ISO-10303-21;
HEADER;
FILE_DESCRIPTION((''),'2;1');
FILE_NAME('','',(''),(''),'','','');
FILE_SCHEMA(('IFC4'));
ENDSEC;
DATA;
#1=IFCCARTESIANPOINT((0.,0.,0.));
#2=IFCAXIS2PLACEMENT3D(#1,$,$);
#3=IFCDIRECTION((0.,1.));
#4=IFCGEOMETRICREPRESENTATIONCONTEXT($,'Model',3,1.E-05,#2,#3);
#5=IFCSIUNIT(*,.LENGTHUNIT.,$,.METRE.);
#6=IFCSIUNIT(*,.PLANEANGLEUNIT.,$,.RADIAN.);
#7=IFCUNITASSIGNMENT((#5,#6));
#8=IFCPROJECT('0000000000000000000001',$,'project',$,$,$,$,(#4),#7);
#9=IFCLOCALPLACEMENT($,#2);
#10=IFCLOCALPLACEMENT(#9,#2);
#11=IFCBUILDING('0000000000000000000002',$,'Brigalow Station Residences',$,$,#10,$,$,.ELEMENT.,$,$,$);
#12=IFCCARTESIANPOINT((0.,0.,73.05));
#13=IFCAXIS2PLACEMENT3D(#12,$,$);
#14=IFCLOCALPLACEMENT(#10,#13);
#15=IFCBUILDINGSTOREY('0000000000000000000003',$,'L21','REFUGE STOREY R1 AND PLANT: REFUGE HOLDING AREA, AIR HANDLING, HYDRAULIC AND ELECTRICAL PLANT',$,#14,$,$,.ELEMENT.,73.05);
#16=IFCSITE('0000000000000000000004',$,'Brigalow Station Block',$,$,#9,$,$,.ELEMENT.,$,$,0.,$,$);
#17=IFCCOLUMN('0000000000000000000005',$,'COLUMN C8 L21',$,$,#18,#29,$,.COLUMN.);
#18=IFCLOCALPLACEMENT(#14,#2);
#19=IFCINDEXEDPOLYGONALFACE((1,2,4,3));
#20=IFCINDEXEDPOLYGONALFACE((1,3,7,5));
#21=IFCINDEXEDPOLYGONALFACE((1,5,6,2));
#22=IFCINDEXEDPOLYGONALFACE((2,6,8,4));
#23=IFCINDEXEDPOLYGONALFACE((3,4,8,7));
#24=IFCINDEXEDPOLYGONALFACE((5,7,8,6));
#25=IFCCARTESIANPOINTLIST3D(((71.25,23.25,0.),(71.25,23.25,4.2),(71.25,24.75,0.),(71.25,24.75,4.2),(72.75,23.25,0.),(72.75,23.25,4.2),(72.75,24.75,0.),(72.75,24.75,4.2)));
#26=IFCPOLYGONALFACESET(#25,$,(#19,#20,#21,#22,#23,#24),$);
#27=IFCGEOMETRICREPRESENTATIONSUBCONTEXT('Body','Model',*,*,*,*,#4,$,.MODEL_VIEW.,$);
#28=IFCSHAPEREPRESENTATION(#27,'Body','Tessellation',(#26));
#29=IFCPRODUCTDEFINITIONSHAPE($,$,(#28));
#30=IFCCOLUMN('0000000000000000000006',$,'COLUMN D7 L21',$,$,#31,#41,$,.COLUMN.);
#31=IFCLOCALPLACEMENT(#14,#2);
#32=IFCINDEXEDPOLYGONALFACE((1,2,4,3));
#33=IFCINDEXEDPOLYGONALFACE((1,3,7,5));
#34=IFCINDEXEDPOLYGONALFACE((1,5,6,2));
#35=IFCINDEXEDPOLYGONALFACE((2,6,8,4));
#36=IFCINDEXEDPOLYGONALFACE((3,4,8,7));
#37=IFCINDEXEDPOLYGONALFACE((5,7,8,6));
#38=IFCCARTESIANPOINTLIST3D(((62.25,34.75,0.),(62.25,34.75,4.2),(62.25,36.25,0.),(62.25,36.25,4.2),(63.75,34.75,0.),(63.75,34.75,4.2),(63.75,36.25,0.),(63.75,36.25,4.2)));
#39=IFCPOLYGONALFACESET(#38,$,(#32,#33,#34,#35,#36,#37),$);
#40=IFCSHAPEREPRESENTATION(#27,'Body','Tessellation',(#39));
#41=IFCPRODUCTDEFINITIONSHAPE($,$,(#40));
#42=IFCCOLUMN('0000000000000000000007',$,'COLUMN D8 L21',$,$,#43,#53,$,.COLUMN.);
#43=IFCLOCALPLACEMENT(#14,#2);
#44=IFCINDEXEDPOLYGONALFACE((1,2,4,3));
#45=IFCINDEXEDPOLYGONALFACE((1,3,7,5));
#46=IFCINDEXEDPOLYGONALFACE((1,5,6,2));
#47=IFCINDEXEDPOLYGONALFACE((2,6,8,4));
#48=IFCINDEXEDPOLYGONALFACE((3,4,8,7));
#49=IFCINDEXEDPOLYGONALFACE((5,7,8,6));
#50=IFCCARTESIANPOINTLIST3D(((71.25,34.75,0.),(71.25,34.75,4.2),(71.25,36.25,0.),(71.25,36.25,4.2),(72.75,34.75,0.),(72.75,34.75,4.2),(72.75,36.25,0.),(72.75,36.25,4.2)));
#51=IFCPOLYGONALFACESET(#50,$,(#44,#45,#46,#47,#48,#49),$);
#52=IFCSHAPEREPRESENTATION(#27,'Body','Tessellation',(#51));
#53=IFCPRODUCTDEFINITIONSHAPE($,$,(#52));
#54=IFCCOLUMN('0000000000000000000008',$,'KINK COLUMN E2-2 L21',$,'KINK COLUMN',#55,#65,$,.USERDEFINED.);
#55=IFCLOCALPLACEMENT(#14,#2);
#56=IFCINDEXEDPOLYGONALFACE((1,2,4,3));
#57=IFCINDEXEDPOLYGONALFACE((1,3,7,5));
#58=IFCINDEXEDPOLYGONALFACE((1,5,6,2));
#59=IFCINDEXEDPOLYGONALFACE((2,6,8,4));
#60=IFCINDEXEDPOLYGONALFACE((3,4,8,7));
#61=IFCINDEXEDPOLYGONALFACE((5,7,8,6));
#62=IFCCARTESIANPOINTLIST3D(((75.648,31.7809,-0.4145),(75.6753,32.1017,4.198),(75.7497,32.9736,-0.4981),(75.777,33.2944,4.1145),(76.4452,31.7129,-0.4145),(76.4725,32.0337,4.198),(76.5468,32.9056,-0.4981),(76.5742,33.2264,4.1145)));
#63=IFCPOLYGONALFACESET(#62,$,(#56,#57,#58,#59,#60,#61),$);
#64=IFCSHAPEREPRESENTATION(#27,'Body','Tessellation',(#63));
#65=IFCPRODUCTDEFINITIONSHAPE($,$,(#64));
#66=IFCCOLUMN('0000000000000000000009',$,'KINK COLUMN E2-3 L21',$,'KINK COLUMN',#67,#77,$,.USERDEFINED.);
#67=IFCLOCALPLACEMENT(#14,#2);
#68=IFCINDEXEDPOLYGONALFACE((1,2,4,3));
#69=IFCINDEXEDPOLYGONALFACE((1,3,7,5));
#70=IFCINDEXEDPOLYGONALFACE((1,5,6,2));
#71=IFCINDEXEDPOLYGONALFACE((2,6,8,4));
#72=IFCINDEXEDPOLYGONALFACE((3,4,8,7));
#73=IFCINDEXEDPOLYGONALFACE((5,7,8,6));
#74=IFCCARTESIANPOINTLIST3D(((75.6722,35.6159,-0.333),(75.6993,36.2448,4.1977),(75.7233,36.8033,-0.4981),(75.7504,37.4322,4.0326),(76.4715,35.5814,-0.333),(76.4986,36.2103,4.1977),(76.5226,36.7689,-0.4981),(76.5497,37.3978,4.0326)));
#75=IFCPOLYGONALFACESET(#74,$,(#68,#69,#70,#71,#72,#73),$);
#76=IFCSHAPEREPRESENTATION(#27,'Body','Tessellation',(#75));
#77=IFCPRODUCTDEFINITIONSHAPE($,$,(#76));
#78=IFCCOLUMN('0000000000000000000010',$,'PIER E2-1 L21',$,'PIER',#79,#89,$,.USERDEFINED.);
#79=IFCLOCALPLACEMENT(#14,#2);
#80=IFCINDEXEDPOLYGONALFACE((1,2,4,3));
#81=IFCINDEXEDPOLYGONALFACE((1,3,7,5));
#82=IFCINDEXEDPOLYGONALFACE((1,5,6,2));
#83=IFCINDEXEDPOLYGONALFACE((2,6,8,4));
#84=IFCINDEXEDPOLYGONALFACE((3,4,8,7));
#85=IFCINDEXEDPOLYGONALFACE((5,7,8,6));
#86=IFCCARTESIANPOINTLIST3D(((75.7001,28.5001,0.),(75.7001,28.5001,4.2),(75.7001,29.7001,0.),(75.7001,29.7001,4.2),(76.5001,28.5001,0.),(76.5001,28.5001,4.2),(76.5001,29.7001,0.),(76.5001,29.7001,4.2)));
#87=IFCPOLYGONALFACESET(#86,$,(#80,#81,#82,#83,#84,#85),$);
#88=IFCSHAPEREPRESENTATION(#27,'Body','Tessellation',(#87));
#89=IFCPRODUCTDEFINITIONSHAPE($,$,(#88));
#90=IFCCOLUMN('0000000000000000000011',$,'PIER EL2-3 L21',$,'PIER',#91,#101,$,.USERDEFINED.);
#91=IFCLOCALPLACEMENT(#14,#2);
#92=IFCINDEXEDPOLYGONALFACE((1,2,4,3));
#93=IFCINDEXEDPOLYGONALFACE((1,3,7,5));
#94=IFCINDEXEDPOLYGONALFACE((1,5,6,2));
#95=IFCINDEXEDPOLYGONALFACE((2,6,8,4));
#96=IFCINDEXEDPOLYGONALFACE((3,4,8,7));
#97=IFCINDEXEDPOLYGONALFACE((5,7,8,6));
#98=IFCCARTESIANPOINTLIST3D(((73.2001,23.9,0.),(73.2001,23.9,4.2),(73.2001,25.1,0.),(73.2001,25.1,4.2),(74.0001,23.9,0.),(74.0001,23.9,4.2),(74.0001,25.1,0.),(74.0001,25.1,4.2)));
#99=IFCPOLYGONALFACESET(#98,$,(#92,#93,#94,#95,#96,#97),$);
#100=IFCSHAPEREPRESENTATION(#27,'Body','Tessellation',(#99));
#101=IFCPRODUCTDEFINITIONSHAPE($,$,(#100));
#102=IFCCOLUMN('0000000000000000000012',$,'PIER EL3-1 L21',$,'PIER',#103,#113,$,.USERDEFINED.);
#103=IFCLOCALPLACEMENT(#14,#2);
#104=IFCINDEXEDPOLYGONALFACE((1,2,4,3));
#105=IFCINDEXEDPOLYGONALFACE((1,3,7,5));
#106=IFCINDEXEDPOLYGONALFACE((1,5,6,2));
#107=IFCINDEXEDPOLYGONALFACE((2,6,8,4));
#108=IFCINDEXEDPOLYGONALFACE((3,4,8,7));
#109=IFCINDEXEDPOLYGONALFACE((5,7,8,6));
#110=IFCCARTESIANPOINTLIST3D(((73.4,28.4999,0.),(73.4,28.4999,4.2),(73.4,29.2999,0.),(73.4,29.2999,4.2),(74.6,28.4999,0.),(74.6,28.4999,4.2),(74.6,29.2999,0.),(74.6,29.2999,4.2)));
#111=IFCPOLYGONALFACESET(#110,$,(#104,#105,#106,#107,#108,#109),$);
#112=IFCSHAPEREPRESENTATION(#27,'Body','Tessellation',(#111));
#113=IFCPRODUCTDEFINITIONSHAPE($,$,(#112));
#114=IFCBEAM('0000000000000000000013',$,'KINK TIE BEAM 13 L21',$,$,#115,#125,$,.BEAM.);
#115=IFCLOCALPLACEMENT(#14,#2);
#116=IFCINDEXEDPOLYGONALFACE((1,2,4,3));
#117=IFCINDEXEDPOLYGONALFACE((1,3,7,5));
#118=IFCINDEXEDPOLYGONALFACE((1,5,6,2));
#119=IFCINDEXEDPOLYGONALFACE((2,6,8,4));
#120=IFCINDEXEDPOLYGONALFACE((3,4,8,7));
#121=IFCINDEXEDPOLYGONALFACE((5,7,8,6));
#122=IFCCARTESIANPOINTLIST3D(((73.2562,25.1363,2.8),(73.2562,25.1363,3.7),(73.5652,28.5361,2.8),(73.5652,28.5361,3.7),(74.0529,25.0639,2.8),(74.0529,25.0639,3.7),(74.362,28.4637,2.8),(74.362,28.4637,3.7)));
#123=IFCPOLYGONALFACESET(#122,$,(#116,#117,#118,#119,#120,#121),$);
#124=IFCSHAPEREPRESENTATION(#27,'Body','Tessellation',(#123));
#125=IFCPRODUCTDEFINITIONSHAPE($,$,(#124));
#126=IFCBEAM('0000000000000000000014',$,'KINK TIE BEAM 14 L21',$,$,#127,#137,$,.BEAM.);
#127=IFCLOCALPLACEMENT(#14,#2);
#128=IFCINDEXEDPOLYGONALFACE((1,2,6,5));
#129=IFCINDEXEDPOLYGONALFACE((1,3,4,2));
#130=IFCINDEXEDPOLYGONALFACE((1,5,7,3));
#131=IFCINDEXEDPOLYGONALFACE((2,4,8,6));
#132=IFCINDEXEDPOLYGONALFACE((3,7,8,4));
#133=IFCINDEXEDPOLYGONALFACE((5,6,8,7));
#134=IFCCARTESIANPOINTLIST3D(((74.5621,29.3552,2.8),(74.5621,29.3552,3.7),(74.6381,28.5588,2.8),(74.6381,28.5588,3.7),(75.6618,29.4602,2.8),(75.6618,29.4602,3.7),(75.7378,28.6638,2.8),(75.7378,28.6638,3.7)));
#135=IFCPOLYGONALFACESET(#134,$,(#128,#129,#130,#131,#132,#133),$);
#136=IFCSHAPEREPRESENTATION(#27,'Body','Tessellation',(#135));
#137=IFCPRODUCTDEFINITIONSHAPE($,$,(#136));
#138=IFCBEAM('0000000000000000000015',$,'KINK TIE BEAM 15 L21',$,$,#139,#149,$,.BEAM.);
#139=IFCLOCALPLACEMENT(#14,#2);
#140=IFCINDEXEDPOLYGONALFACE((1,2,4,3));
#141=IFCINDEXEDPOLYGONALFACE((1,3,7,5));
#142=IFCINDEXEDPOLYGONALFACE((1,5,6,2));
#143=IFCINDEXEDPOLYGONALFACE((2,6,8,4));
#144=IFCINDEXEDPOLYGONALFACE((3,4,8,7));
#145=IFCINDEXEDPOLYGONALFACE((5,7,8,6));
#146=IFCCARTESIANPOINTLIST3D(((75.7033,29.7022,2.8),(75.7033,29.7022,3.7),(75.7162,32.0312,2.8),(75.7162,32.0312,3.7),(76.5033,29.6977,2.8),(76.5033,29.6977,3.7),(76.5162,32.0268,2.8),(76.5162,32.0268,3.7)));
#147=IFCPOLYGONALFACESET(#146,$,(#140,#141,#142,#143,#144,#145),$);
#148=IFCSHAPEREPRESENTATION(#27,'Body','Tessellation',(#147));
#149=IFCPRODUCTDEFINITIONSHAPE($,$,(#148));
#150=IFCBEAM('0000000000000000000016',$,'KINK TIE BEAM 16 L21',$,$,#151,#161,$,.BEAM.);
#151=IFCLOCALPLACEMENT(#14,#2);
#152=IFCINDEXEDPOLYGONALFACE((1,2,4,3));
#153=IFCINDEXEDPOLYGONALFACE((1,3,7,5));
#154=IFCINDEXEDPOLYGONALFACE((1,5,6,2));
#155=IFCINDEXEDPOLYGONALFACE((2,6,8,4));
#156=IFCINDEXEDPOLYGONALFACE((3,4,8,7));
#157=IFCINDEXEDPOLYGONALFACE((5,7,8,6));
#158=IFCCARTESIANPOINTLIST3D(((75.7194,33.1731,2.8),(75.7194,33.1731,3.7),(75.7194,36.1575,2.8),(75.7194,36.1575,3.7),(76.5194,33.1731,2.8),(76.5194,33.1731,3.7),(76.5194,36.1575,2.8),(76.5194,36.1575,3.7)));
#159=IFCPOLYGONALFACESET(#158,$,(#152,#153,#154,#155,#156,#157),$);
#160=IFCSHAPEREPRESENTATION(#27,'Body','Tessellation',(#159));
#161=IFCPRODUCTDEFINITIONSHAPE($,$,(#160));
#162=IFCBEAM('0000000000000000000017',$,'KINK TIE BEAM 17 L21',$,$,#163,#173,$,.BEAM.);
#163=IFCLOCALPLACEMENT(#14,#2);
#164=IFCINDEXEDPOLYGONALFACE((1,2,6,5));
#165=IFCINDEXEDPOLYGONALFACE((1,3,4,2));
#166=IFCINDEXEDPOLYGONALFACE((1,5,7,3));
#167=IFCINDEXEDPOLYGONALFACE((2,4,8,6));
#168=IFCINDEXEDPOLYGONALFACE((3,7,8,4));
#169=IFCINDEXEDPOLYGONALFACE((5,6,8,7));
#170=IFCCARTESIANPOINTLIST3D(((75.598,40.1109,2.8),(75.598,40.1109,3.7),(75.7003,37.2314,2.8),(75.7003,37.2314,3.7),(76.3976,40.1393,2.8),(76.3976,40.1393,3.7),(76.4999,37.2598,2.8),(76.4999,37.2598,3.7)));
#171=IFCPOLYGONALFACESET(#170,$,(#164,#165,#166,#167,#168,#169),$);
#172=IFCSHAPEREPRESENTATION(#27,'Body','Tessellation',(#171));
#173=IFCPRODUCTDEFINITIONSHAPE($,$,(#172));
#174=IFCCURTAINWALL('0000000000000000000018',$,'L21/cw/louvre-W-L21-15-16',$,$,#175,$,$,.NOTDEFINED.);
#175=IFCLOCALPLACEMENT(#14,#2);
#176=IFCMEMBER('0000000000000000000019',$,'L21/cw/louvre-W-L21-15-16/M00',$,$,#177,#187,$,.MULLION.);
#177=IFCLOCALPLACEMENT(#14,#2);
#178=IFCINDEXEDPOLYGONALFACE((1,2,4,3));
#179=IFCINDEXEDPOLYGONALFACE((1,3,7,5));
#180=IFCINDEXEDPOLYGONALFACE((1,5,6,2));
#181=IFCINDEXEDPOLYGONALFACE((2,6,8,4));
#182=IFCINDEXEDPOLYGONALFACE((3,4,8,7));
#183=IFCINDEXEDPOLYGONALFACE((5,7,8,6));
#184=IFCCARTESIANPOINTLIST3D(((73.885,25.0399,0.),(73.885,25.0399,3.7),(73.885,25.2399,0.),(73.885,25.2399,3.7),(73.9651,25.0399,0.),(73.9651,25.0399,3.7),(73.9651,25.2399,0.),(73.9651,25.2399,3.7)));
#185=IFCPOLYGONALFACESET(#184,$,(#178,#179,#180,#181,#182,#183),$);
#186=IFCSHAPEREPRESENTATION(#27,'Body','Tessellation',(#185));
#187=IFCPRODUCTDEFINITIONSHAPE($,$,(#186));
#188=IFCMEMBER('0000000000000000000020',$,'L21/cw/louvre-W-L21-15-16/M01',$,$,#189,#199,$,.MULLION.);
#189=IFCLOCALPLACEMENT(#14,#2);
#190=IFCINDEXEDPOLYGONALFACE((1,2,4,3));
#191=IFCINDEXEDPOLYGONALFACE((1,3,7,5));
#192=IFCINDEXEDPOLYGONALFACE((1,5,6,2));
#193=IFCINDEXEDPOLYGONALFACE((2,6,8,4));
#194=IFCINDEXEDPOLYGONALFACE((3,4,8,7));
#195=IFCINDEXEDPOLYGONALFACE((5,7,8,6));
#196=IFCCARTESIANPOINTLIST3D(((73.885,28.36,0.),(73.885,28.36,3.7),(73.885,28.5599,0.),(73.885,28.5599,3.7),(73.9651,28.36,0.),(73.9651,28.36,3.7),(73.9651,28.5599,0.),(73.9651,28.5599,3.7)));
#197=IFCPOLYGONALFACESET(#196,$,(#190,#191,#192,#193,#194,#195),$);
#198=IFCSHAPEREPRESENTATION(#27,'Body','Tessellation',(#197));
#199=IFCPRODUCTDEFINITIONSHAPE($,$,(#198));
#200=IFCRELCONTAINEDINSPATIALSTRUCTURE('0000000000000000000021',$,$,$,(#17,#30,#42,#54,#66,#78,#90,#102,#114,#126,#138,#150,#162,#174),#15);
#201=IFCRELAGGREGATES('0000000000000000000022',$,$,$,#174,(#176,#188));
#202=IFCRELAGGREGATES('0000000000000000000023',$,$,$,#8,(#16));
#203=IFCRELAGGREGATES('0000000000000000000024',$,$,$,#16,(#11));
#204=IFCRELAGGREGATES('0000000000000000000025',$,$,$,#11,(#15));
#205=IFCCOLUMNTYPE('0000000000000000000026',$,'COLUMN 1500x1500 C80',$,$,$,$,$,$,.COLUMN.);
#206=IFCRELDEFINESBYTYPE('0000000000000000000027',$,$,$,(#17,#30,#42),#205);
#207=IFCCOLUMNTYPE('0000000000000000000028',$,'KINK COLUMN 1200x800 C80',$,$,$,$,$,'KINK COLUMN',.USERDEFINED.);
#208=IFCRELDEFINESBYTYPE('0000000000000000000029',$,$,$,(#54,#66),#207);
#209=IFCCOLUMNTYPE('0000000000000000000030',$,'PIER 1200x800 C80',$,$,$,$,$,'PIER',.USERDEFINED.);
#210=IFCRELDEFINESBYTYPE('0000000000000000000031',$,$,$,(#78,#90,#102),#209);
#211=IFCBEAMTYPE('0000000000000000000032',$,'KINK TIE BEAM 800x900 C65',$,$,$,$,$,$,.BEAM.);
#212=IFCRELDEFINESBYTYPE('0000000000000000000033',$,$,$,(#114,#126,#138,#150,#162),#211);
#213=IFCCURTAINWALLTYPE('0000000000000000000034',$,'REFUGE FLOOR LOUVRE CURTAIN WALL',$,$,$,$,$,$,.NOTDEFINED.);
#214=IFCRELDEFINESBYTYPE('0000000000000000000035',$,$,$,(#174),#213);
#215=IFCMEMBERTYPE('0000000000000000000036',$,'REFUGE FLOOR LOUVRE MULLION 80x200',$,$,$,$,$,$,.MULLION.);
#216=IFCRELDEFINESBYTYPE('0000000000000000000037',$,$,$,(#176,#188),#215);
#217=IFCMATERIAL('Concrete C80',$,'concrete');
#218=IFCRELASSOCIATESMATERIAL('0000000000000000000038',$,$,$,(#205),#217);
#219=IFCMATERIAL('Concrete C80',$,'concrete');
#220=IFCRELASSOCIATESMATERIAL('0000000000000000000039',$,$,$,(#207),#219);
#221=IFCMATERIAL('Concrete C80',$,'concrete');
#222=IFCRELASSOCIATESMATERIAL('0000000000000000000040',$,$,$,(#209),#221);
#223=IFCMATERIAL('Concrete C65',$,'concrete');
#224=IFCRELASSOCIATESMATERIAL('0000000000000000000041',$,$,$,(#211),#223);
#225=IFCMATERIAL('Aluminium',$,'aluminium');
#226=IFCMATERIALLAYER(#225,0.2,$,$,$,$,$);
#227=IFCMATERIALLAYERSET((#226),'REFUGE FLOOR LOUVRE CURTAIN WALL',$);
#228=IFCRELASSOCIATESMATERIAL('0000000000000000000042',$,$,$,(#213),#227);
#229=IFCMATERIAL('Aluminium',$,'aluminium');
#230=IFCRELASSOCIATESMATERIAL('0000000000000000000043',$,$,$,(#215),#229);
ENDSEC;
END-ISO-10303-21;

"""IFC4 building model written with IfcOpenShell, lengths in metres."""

from ifc_helpers import new_model, si_unit, direction, frame, origin, origin_2d, place, context, subcontext, project, spatial, rectangle, extrude, material, layer, layer_set, material_profile, profile_set, type_object, element, aggregate, save


model = new_model("IFC4")

# Units and contexts
model_context = context("Model", 3, precision=1e-05, world=origin(), true_north=direction((0.0, 1.0)))
body_context = subcontext(model_context, "Body", "Model", "MODEL_VIEW")
ifc_project = project(units=[si_unit("LENGTHUNIT", "METRE"), si_unit("PLANEANGLEUNIT", "RADIAN")], contexts=[model_context])

# Site, building, storey
site_placement = place(None, origin())
site = spatial("IfcSite", under=ifc_project, at=site_placement, Name="Brigalow Station Block", CompositionType="ELEMENT", RefElevation=0.0)
building_placement = place(site_placement, origin())
building = spatial("IfcBuilding", under=site, at=building_placement, Name="Brigalow Station Residences", CompositionType="ELEMENT")
storey_placement = place(building_placement, frame((0.0, 0.0, 73.05)))
storey = spatial("IfcBuildingStorey", under=building, at=storey_placement, Name="L21", Description="REFUGE STOREY R1 AND PLANT: REFUGE HOLDING AREA, AIR HANDLING, HYDRAULIC AND ELECTRICAL PLANT", CompositionType="ELEMENT", Elevation=73.05)

# Columns
ifc_material_1 = material(Name="Concrete C80", Category="concrete")
ifc_material_profile_1 = material_profile(ifc_material_1, rectangle(XDim=1.5, YDim=1.5, at=origin_2d()), Name="RC1500x1500")
ifc_profile_set_1 = profile_set([ifc_material_profile_1], Name="Concrete C80")
column_type_1 = type_object("IfcColumnType", Name="COLUMN 1500x1500 C80", PredefinedType="COLUMN", material=ifc_profile_set_1)
for number, where, z_axis, x_axis, name in (
    (1, (72.0, 24.0, 0.0), (0.0, 0.0, 1.0), (1.0, 0.0, 0.0), "COLUMN C8 L21"),
    (2, (63.0, 35.5, 0.0), (0.0, 0.0, 1.0), (1.0, 0.0, 0.0), "COLUMN D7 L21"),
    (3, (72.0, 35.5, 0.0), (0.0, 0.0, 1.0), (1.0, 0.0, 0.0), "COLUMN D8 L21"),
):
    element("IfcColumn", number, at=place(storey_placement, frame(where, z_axis=z_axis, x_axis=x_axis)), inside=storey, type_object=column_type_1, Name=name, PredefinedType="COLUMN", context=body_context, shape_type="SweptSolid", body=[
        extrude(rectangle(XDim=1.5, YDim=1.5, at=origin_2d()), origin(), (0.0, 0.0, 1.0), 4.2),
    ])
ifc_material_2 = material(Name="Concrete C80", Category="concrete")
ifc_material_profile_2 = material_profile(ifc_material_2, rectangle(XDim=1.2, YDim=0.8, at=origin_2d()), Name="RC1200x800")
ifc_profile_set_2 = profile_set([ifc_material_profile_2], Name="Concrete C80")
column_type_2 = type_object("IfcColumnType", Name="KINK COLUMN 1200x800 C80", ElementType="KINK COLUMN", PredefinedType="USERDEFINED", material=ifc_profile_set_2)
column_1_placement = place(storey_placement, frame((76.0974, 32.3433, -0.4563), z_axis=(0.005914, 0.069381, 0.997573), x_axis=(-0.084722, -0.993969, 0.069632)))
element("IfcColumn", 4, at=column_1_placement, inside=storey, type_object=column_type_2, Name="KINK COLUMN E2-2 L21", ObjectType="KINK COLUMN", PredefinedType="USERDEFINED", context=body_context, shape_type="SweptSolid", body=[
    extrude(rectangle(XDim=1.2, YDim=0.8, at=origin_2d()), origin(), (0.0, 0.0, 1.0), 4.6238),
])
column_2_placement = place(storey_placement, frame((76.0974, 36.1924, -0.4155), z_axis=(0.005924, 0.137487, 0.990486), x_axis=(-0.042641, -0.989568, 0.137615)))
element("IfcColumn", 5, at=column_2_placement, inside=storey, type_object=column_type_2, Name="KINK COLUMN E2-3 L21", ObjectType="KINK COLUMN", PredefinedType="USERDEFINED", context=body_context, shape_type="SweptSolid", body=[
    extrude(rectangle(XDim=1.2, YDim=0.8, at=origin_2d()), origin(), (0.0, 0.0, 1.0), 4.5742),
])
ifc_material_3 = material(Name="Concrete C80", Category="concrete")
ifc_material_profile_3 = material_profile(ifc_material_3, rectangle(XDim=1.2, YDim=0.8, at=origin_2d()), Name="RC1200x800")
ifc_profile_set_3 = profile_set([ifc_material_profile_3], Name="Concrete C80")
column_type_3 = type_object("IfcColumnType", Name="PIER 1200x800 C80", ElementType="PIER", PredefinedType="USERDEFINED", material=ifc_profile_set_3)
for number, where, z_axis, x_axis, name in (
    (6, (76.1001, 29.1001, 0.0), (0.0, 0.0, 1.0), (0.0, 1.0, 0.0), "PIER E2-1 L21"),
    (7, (73.6001, 24.5, 0.0), (0.0, 0.0, 1.0), (0.0, 1.0, 0.0), "PIER EL2-3 L21"),
    (8, (74.0, 28.8999, 0.0), (0.0, 0.0, 1.0), (1.0, 0.0, 0.0), "PIER EL3-1 L21"),
):
    element("IfcColumn", number, at=place(storey_placement, frame(where, z_axis=z_axis, x_axis=x_axis)), inside=storey, type_object=column_type_3, Name=name, ObjectType="PIER", PredefinedType="USERDEFINED", context=body_context, shape_type="SweptSolid", body=[
        extrude(rectangle(XDim=1.2, YDim=0.8, at=origin_2d()), origin(), (0.0, 0.0, 1.0), 4.2),
    ])

# Beams
ifc_material_4 = material(Name="Concrete C65", Category="concrete")
ifc_material_profile_4 = material_profile(ifc_material_4, rectangle(XDim=0.8, YDim=0.8999, at=origin_2d()), Name="RC800x900")
ifc_profile_set_4 = profile_set([ifc_material_profile_4], Name="Concrete C65")
beam_type = type_object("IfcBeamType", Name="KINK TIE BEAM 800x900 C65", PredefinedType="BEAM", material=ifc_profile_set_4)
beam_1_placement = place(storey_placement, frame((73.6545, 25.1001, 3.25), z_axis=(0.090536, 0.995893, 0.0), x_axis=(-0.995893, 0.090536, 0.0)))
element("IfcBeam", 9, at=beam_1_placement, inside=storey, type_object=beam_type, Name="KINK TIE BEAM 13 L21", PredefinedType="BEAM", context=body_context, shape_type="SweptSolid", body=[
    extrude(rectangle(XDim=0.8, YDim=0.8999, at=origin_2d()), origin(), (0.0, 0.0, 1.0), 3.4138),
])
beam_2_placement = place(storey_placement, frame((74.6001, 28.957, 3.25), z_axis=(0.995476, 0.095018, 0.0), x_axis=(-0.095018, 0.995476, 0.0)))
element("IfcBeam", 10, at=beam_2_placement, inside=storey, type_object=beam_type, Name="KINK TIE BEAM 14 L21", PredefinedType="BEAM", context=body_context, shape_type="SweptSolid", body=[
    extrude(rectangle(XDim=0.8, YDim=0.8999, at=origin_2d()), origin(), (0.0, 0.0, 1.0), 1.1047),
])
beam_3_placement = place(storey_placement, frame((76.1033, 29.7, 3.25), z_axis=(0.005555, 0.999985, 0.0), x_axis=(-0.999985, 0.005555, 0.0)))
element("IfcBeam", 11, at=beam_3_placement, inside=storey, type_object=beam_type, Name="KINK TIE BEAM 15 L21", PredefinedType="BEAM", context=body_context, shape_type="SweptSolid", body=[
    extrude(rectangle(XDim=0.8, YDim=0.8999, at=origin_2d()), origin(), (0.0, 0.0, 1.0), 2.3291),
])
beam_4_placement = place(storey_placement, frame((76.1194, 33.1731, 3.25), z_axis=(0.0, 1.0, 0.0), x_axis=(-1.0, 0.0, 0.0)))
element("IfcBeam", 12, at=beam_4_placement, inside=storey, type_object=beam_type, Name="KINK TIE BEAM 16 L21", PredefinedType="BEAM", context=body_context, shape_type="SweptSolid", body=[
    extrude(rectangle(XDim=0.8, YDim=0.8999, at=origin_2d()), origin(), (0.0, 0.0, 1.0), 2.9844),
])
beam_5_placement = place(storey_placement, frame((76.1001, 37.2456, 3.25), z_axis=(-0.035501, 0.99937, 0.0), x_axis=(-0.99937, -0.035501, 0.0)))
element("IfcBeam", 13, at=beam_5_placement, inside=storey, type_object=beam_type, Name="KINK TIE BEAM 17 L21", PredefinedType="BEAM", context=body_context, shape_type="SweptSolid", body=[
    extrude(rectangle(XDim=0.8, YDim=0.8999, at=origin_2d()), origin(), (0.0, 0.0, 1.0), 2.8813),
])

# Curtain wall, members
ifc_material_5 = material(Name="Aluminium", Category="aluminium")
ifc_layer_1 = layer(ifc_material_5, 0.2)
ifc_layer_set_1 = layer_set([ifc_layer_1], Name="REFUGE FLOOR LOUVRE CURTAIN WALL")
curtain_wall_type = type_object("IfcCurtainWallType", Name="REFUGE FLOOR LOUVRE CURTAIN WALL", PredefinedType="NOTDEFINED", material=ifc_layer_set_1)
curtain_wall_1_placement = place(storey_placement, origin())
curtain_wall_1 = element("IfcCurtainWall", 14, at=curtain_wall_1_placement, inside=storey, type_object=curtain_wall_type, Name="L21/cw/louvre-W-L21-15-16", PredefinedType="NOTDEFINED")
ifc_material_6 = material(Name="Aluminium", Category="aluminium")
ifc_material_profile_5 = material_profile(ifc_material_6, rectangle(XDim=0.0801, YDim=0.2, at=origin_2d()), Name="REFUGE FLOOR LOUVRE MULLION 80x200")
ifc_profile_set_5 = profile_set([ifc_material_profile_5], Name="Aluminium")
member_type_1 = type_object("IfcMemberType", Name="REFUGE FLOOR LOUVRE MULLION 80x200", PredefinedType="MULLION", material=ifc_profile_set_5)
member_1_placement = place(storey_placement, frame((73.925, 25.1399, 0.0), z_axis=(0.0, 0.0, 1.0), x_axis=(-1.0, 0.0, 0.0)))
member_1 = element("IfcMember", 15, at=member_1_placement, type_object=member_type_1, Name="L21/cw/louvre-W-L21-15-16/M00", PredefinedType="MULLION", context=body_context, shape_type="SweptSolid", body=[
    extrude(rectangle(XDim=0.0801, YDim=0.2, at=origin_2d()), origin(), (0.0, 0.0, 1.0), 3.7),
])
member_2_placement = place(storey_placement, frame((73.925, 28.46, 0.0), z_axis=(0.0, 0.0, 1.0), x_axis=(-1.0, 0.0, 0.0)))
member_2 = element("IfcMember", 16, at=member_2_placement, type_object=member_type_1, Name="L21/cw/louvre-W-L21-15-16/M01", PredefinedType="MULLION", context=body_context, shape_type="SweptSolid", body=[
    extrude(rectangle(XDim=0.0801, YDim=0.2, at=origin_2d()), origin(), (0.0, 0.0, 1.0), 3.7),
])

aggregate(curtain_wall_1, [member_1, member_2])

save(model, "model.ifc")
